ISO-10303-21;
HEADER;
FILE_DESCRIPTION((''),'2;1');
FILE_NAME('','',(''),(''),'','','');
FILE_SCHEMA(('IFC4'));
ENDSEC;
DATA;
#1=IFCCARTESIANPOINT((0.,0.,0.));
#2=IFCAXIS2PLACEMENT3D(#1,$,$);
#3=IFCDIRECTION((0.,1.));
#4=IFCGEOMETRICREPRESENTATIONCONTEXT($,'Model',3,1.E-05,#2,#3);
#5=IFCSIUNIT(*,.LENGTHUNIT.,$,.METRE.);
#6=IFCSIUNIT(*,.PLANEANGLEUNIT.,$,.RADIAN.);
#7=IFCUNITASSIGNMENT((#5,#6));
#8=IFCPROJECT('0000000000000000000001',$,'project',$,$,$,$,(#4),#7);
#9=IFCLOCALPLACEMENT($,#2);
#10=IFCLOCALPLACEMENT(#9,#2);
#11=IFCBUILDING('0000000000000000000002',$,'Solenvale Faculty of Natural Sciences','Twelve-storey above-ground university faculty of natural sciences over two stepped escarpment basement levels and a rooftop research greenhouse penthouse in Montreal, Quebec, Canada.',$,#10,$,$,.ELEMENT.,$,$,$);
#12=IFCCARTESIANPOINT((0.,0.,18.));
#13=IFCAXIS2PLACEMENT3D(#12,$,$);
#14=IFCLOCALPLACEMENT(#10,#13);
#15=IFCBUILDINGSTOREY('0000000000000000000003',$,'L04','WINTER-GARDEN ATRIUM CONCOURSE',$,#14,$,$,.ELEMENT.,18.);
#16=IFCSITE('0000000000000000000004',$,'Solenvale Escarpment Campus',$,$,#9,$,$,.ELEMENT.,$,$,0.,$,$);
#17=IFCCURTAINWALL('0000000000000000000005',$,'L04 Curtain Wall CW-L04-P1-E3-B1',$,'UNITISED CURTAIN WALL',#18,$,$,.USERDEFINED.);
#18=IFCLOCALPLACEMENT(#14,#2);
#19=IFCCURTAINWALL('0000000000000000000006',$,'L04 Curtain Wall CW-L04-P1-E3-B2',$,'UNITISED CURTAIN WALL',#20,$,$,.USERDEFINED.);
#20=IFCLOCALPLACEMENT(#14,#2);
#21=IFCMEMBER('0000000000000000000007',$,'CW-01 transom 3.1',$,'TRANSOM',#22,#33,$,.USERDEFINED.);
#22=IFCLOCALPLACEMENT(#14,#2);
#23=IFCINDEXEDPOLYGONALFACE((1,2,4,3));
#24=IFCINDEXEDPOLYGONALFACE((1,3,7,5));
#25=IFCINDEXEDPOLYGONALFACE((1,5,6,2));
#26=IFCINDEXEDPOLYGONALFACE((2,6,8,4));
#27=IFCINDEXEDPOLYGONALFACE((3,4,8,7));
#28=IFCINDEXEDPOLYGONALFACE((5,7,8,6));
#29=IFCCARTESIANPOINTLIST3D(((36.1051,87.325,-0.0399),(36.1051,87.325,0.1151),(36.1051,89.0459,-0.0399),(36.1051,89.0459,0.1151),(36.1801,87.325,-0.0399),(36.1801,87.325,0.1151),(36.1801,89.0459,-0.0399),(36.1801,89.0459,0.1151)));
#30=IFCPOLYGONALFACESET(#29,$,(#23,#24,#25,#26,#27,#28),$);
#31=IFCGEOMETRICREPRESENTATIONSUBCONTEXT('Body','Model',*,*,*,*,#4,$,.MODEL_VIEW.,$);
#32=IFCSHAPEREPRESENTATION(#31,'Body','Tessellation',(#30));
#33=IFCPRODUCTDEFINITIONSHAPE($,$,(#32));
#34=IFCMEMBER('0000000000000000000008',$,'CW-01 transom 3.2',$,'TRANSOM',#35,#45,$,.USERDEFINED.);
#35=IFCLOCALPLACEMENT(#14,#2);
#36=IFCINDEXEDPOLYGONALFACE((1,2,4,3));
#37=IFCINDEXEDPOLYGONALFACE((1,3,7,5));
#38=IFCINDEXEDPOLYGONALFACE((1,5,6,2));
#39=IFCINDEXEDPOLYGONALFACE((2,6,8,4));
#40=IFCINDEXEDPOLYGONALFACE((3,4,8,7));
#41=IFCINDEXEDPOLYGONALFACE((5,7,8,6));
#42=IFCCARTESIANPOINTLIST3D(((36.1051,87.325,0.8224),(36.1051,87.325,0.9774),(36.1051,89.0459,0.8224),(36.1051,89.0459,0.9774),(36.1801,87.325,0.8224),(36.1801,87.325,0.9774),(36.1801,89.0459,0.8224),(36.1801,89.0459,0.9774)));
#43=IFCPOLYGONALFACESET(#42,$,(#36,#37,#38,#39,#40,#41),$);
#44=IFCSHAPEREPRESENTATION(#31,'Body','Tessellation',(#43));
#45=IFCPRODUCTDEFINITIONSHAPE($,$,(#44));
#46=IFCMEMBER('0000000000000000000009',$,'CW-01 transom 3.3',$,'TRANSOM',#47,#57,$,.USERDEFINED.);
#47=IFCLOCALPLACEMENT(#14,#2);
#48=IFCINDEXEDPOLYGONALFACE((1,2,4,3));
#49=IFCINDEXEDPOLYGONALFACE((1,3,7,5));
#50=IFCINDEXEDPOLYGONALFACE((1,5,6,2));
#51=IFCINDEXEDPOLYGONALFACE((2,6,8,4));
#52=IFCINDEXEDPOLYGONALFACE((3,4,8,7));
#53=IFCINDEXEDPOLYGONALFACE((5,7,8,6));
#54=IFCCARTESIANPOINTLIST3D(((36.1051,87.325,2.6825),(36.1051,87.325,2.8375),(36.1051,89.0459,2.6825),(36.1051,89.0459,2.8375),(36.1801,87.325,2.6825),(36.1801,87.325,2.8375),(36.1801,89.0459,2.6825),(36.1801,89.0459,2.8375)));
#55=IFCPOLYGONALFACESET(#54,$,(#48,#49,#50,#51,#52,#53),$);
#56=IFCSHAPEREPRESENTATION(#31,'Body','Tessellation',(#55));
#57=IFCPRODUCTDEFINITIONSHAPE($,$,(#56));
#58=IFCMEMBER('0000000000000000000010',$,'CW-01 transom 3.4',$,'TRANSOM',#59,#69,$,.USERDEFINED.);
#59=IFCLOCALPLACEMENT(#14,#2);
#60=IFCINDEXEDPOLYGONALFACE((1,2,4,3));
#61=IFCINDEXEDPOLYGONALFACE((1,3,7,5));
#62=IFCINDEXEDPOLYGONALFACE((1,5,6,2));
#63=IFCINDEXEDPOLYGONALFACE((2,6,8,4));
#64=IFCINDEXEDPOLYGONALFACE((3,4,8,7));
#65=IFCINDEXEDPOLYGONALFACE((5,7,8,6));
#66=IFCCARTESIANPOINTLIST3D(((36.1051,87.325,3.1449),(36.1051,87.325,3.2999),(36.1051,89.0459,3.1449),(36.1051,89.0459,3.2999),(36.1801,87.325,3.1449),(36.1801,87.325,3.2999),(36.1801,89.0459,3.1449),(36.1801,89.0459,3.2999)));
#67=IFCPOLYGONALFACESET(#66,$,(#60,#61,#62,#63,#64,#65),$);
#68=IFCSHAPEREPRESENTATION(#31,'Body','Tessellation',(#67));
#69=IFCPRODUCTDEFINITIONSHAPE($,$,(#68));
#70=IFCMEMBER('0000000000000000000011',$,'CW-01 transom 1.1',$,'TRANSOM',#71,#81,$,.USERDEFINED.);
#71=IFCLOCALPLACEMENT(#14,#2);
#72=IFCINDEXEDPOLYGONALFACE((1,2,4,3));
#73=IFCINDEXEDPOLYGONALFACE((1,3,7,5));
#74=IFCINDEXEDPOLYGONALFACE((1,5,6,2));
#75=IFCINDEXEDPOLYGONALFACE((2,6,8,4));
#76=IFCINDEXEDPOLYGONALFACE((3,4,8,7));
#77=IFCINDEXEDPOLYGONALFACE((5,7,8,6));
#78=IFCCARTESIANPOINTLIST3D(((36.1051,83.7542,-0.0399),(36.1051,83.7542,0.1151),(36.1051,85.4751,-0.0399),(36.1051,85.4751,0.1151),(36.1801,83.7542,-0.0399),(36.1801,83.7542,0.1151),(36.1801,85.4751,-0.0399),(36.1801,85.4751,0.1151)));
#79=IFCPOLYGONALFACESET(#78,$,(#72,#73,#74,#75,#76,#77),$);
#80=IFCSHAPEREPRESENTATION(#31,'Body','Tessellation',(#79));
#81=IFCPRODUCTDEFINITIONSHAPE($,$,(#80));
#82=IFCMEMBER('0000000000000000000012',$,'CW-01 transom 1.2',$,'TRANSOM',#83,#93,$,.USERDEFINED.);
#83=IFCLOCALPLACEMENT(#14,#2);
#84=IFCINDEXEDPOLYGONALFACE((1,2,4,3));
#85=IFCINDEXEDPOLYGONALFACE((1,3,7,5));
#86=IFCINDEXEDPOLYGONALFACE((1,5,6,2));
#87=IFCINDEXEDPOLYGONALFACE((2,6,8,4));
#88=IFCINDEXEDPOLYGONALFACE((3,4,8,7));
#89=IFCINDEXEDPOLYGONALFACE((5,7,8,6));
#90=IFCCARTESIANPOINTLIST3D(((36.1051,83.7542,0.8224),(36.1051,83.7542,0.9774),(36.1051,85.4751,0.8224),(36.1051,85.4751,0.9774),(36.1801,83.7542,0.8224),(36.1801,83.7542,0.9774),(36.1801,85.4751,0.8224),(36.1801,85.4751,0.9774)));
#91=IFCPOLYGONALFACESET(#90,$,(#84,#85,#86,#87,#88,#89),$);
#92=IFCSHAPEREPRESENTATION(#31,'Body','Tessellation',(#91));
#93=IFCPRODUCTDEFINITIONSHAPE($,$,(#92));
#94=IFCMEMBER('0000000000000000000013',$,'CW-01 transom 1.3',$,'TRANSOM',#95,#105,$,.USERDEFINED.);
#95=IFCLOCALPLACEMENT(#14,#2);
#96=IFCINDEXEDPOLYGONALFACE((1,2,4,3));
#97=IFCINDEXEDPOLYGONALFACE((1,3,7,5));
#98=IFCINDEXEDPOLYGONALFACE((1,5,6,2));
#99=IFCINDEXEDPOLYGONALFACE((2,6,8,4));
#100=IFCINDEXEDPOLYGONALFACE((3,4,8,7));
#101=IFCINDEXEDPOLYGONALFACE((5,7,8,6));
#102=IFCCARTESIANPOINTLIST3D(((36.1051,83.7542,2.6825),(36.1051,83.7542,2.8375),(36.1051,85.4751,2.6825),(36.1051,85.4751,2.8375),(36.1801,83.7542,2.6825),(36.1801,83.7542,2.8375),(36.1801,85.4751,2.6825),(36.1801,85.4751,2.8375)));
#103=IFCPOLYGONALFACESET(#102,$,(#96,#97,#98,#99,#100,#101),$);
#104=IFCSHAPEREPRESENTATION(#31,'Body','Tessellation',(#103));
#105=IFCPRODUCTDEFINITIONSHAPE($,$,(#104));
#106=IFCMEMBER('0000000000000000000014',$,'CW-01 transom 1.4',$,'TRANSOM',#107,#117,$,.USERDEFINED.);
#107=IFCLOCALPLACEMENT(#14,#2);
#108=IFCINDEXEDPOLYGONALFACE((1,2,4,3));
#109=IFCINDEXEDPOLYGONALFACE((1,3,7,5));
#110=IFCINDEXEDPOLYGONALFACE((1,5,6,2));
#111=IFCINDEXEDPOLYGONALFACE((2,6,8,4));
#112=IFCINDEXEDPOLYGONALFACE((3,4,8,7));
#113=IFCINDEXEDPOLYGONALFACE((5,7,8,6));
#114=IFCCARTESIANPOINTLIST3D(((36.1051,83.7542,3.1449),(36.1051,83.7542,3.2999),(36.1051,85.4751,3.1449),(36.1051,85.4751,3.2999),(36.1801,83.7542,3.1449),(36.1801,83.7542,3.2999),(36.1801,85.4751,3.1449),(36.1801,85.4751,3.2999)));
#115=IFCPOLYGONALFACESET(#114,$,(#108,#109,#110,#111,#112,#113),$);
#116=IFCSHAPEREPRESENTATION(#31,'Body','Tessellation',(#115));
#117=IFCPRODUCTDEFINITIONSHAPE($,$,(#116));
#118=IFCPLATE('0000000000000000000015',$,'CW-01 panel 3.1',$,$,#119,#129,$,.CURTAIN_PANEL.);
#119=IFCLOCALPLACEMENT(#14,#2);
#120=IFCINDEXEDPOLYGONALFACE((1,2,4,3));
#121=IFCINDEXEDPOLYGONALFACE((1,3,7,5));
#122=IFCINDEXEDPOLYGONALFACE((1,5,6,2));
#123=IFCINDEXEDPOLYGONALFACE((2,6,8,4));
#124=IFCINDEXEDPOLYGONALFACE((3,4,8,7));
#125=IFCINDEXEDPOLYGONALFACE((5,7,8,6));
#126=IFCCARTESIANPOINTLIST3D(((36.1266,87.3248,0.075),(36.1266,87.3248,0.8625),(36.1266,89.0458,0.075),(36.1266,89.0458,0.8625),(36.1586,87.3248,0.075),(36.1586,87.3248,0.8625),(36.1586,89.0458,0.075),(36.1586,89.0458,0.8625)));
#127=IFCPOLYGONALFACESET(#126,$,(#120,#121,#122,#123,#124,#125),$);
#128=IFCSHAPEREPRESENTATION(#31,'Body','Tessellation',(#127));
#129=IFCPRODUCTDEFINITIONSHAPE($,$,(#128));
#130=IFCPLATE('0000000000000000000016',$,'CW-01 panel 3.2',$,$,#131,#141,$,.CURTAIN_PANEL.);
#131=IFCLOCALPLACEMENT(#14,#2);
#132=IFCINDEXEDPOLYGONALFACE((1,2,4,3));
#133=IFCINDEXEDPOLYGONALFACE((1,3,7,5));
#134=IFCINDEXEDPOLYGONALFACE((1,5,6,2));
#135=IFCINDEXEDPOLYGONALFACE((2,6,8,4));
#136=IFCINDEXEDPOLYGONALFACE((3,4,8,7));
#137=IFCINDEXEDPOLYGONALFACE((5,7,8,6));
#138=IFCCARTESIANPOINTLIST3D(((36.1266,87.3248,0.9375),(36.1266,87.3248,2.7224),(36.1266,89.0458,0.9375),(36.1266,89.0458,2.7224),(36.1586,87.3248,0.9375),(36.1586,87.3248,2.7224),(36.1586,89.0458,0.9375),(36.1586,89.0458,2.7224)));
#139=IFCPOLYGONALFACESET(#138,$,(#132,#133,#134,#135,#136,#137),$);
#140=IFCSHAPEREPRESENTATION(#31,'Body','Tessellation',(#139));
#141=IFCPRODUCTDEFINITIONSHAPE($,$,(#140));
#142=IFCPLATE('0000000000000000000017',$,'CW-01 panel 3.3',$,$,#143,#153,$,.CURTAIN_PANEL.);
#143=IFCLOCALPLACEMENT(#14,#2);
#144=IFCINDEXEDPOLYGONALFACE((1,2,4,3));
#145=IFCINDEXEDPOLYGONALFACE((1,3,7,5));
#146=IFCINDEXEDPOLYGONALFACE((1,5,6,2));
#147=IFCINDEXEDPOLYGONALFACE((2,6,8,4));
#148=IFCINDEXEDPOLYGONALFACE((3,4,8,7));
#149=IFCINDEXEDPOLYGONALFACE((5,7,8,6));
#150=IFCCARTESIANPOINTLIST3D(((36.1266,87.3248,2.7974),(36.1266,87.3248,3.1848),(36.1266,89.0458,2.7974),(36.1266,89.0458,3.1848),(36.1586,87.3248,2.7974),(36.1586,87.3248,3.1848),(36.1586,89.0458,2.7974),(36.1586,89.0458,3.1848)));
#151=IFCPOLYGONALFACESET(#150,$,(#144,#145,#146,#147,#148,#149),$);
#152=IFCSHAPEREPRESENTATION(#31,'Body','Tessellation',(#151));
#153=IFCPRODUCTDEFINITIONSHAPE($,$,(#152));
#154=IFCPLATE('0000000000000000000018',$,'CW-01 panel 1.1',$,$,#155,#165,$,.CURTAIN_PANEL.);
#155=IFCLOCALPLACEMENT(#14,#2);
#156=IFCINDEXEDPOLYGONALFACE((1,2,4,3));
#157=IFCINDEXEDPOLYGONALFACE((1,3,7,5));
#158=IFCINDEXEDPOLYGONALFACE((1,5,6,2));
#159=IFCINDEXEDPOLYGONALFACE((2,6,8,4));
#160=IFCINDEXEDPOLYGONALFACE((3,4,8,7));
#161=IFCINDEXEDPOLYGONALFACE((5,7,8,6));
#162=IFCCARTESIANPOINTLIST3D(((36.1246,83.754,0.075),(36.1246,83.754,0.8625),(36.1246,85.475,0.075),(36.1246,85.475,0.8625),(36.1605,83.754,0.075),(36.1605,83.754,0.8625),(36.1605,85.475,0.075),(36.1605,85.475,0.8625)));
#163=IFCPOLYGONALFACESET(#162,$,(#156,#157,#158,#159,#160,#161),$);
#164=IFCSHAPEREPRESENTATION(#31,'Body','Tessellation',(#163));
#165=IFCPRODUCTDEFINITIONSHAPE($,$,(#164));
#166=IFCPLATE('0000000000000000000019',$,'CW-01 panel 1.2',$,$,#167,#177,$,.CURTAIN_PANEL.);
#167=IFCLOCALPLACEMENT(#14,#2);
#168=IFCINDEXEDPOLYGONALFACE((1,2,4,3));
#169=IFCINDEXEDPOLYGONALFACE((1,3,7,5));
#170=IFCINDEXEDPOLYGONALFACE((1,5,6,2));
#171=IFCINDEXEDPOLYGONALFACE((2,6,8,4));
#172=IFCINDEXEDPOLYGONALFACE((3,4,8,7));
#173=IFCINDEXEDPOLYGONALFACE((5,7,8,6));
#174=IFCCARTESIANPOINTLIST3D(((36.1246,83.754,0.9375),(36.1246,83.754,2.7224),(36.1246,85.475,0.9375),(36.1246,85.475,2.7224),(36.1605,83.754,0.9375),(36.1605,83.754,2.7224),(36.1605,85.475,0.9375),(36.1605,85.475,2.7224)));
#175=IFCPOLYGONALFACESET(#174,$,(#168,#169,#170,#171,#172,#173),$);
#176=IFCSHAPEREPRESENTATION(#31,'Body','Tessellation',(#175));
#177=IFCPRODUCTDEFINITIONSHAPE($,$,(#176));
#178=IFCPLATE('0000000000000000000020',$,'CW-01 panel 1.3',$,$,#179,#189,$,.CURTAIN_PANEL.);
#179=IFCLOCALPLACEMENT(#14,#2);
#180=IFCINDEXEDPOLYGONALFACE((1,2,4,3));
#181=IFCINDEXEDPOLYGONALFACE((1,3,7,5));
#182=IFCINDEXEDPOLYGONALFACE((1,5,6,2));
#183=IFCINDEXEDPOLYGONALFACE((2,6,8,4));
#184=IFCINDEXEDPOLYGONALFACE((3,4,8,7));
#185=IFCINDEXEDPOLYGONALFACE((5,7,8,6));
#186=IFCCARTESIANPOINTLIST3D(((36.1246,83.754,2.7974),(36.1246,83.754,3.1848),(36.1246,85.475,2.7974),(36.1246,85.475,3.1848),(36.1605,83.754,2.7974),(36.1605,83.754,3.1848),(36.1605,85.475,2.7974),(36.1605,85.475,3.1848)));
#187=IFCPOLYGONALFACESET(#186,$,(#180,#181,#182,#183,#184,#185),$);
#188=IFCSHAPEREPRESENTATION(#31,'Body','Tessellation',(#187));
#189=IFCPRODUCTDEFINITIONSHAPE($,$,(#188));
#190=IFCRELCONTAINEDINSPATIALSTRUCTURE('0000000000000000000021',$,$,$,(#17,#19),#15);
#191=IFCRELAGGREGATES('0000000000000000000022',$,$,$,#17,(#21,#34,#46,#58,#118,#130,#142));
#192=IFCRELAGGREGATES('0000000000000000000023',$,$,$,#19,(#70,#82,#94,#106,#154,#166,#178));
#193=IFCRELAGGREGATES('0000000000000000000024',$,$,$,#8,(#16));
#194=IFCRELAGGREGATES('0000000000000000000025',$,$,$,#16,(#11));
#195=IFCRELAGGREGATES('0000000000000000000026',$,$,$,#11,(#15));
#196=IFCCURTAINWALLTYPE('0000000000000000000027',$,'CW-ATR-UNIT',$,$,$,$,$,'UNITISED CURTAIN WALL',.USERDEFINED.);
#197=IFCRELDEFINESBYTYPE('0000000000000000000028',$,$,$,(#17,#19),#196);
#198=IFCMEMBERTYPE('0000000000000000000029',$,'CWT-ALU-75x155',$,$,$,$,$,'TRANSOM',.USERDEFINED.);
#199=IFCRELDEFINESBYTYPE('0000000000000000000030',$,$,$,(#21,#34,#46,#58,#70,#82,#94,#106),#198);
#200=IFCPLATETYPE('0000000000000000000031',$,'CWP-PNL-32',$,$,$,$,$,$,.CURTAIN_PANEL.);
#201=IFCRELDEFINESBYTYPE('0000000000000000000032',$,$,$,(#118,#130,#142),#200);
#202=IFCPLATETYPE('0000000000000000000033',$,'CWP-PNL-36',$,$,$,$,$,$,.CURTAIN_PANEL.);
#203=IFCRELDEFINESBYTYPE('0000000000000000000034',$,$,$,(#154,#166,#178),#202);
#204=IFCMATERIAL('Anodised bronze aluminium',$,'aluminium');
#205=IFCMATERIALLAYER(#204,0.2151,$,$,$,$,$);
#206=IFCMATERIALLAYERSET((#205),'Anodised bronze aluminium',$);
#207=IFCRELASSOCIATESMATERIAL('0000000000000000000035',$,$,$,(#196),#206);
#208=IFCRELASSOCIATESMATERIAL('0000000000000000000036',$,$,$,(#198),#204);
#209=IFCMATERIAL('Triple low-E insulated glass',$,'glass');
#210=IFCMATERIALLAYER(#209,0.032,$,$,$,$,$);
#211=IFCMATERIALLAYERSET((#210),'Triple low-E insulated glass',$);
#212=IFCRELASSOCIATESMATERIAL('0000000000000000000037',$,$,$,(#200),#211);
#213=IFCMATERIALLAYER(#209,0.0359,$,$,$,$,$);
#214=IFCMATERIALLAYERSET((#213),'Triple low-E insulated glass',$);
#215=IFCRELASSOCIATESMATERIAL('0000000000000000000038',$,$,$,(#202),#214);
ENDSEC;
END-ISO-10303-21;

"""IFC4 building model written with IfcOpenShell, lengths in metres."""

from ifc_helpers import new_model, si_unit, direction, frame, origin, origin_2d, place, context, subcontext, project, spatial, rectangle, extrude, material, layer, layer_set, material_profile, profile_set, type_object, element, aggregate, save


model = new_model("IFC4")

# Units and contexts
model_context = context("Model", 3, precision=1e-05, world=origin(), true_north=direction((0.0, 1.0)))
body_context = subcontext(model_context, "Body", "Model", "MODEL_VIEW")
ifc_project = project(units=[si_unit("LENGTHUNIT", "METRE"), si_unit("PLANEANGLEUNIT", "RADIAN")], contexts=[model_context])

# Site, building, storey
site_placement = place(None, origin())
site = spatial("IfcSite", under=ifc_project, at=site_placement, Name="Solenvale Escarpment Campus", CompositionType="ELEMENT", RefElevation=0.0)
building_placement = place(site_placement, origin())
building = spatial("IfcBuilding", under=site, at=building_placement, Name="Solenvale Faculty of Natural Sciences", Description="Twelve-storey above-ground university faculty of natural sciences over two stepped escarpment basement levels and a rooftop research greenhouse penthouse in Montreal, Quebec, Canada.", CompositionType="ELEMENT")
storey_placement = place(building_placement, frame((0.0, 0.0, 18.0)))
storey = spatial("IfcBuildingStorey", under=building, at=storey_placement, Name="L04", Description="WINTER-GARDEN ATRIUM CONCOURSE", CompositionType="ELEMENT", Elevation=18.0)

# Curtain walls
ifc_material_1 = material(Name="Anodised bronze aluminium", Category="aluminium")
ifc_layer_1 = layer(ifc_material_1, 0.2151)
ifc_layer_set_1 = layer_set([ifc_layer_1], Name="Anodised bronze aluminium")
curtain_wall_type = type_object("IfcCurtainWallType", Name="CW-ATR-UNIT", ElementType="UNITISED CURTAIN WALL", PredefinedType="USERDEFINED", material=ifc_layer_set_1)
curtain_wall_1_placement = place(storey_placement, origin())
curtain_wall_1 = element("IfcCurtainWall", 1, at=curtain_wall_1_placement, inside=storey, type_object=curtain_wall_type, Name="L04 Curtain Wall CW-L04-P1-E3-B1", ObjectType="UNITISED CURTAIN WALL", PredefinedType="USERDEFINED")
curtain_wall_2_placement = place(storey_placement, origin())
curtain_wall_2 = element("IfcCurtainWall", 2, at=curtain_wall_2_placement, inside=storey, type_object=curtain_wall_type, Name="L04 Curtain Wall CW-L04-P1-E3-B2", ObjectType="UNITISED CURTAIN WALL", PredefinedType="USERDEFINED")

# Members
ifc_material_profile_1 = material_profile(ifc_material_1, rectangle(XDim=0.075, YDim=0.155, at=origin_2d()), Name="ALU-TRN-75x155")
ifc_profile_set_1 = profile_set([ifc_material_profile_1], Name="Anodised bronze aluminium")
member_type_1 = type_object("IfcMemberType", Name="CWT-ALU-75x155", ElementType="TRANSOM", PredefinedType="USERDEFINED", material=ifc_profile_set_1)
member_1_placement = place(storey_placement, frame((36.1426, 89.0459, 0.0376), z_axis=(0.0, -1.0, 0.0), x_axis=(1.0, 0.0, 0.0)))
member_1 = element("IfcMember", 3, at=member_1_placement, type_object=member_type_1, Name="CW-01 transom 3.1", ObjectType="TRANSOM", PredefinedType="USERDEFINED", context=body_context, shape_type="SweptSolid", body=[
    extrude(rectangle(XDim=0.075, YDim=0.155, at=origin_2d()), origin(), (0.0, 0.0, 1.0), 1.7209),
])
member_2_placement = place(storey_placement, frame((36.1426, 89.0459, 0.8999), z_axis=(0.0, -1.0, 0.0), x_axis=(1.0, 0.0, 0.0)))
member_2 = element("IfcMember", 4, at=member_2_placement, type_object=member_type_1, Name="CW-01 transom 3.2", ObjectType="TRANSOM", PredefinedType="USERDEFINED", context=body_context, shape_type="SweptSolid", body=[
    extrude(rectangle(XDim=0.075, YDim=0.155, at=origin_2d()), origin(), (0.0, 0.0, 1.0), 1.7209),
])
member_3_placement = place(storey_placement, frame((36.1426, 89.0459, 2.76), z_axis=(0.0, -1.0, 0.0), x_axis=(1.0, 0.0, 0.0)))
member_3 = element("IfcMember", 5, at=member_3_placement, type_object=member_type_1, Name="CW-01 transom 3.3", ObjectType="TRANSOM", PredefinedType="USERDEFINED", context=body_context, shape_type="SweptSolid", body=[
    extrude(rectangle(XDim=0.075, YDim=0.155, at=origin_2d()), origin(), (0.0, 0.0, 1.0), 1.7209),
])
member_4_placement = place(storey_placement, frame((36.1426, 89.0459, 3.2224), z_axis=(0.0, -1.0, 0.0), x_axis=(1.0, 0.0, 0.0)))
member_4 = element("IfcMember", 6, at=member_4_placement, type_object=member_type_1, Name="CW-01 transom 3.4", ObjectType="TRANSOM", PredefinedType="USERDEFINED", context=body_context, shape_type="SweptSolid", body=[
    extrude(rectangle(XDim=0.075, YDim=0.155, at=origin_2d()), origin(), (0.0, 0.0, 1.0), 1.7209),
])
member_5_placement = place(storey_placement, frame((36.1426, 85.4751, 0.0376), z_axis=(0.0, -1.0, 0.0), x_axis=(1.0, 0.0, 0.0)))
member_5 = element("IfcMember", 7, at=member_5_placement, type_object=member_type_1, Name="CW-01 transom 1.1", ObjectType="TRANSOM", PredefinedType="USERDEFINED", context=body_context, shape_type="SweptSolid", body=[
    extrude(rectangle(XDim=0.075, YDim=0.155, at=origin_2d()), origin(), (0.0, 0.0, 1.0), 1.7209),
])
member_6_placement = place(storey_placement, frame((36.1426, 85.4751, 0.8999), z_axis=(0.0, -1.0, 0.0), x_axis=(1.0, 0.0, 0.0)))
member_6 = element("IfcMember", 8, at=member_6_placement, type_object=member_type_1, Name="CW-01 transom 1.2", ObjectType="TRANSOM", PredefinedType="USERDEFINED", context=body_context, shape_type="SweptSolid", body=[
    extrude(rectangle(XDim=0.075, YDim=0.155, at=origin_2d()), origin(), (0.0, 0.0, 1.0), 1.7209),
])
member_7_placement = place(storey_placement, frame((36.1426, 85.4751, 2.76), z_axis=(0.0, -1.0, 0.0), x_axis=(1.0, 0.0, 0.0)))
member_7 = element("IfcMember", 9, at=member_7_placement, type_object=member_type_1, Name="CW-01 transom 1.3", ObjectType="TRANSOM", PredefinedType="USERDEFINED", context=body_context, shape_type="SweptSolid", body=[
    extrude(rectangle(XDim=0.075, YDim=0.155, at=origin_2d()), origin(), (0.0, 0.0, 1.0), 1.7209),
])
member_8_placement = place(storey_placement, frame((36.1426, 85.4751, 3.2224), z_axis=(0.0, -1.0, 0.0), x_axis=(1.0, 0.0, 0.0)))
member_8 = element("IfcMember", 10, at=member_8_placement, type_object=member_type_1, Name="CW-01 transom 1.4", ObjectType="TRANSOM", PredefinedType="USERDEFINED", context=body_context, shape_type="SweptSolid", body=[
    extrude(rectangle(XDim=0.075, YDim=0.155, at=origin_2d()), origin(), (0.0, 0.0, 1.0), 1.7209),
])

# Plates
ifc_material_2 = material(Name="Triple low-E insulated glass", Category="glass")
ifc_layer_2 = layer(ifc_material_2, 0.032)
ifc_layer_set_2 = layer_set([ifc_layer_2], Name="Triple low-E insulated glass")
plate_type_1 = type_object("IfcPlateType", Name="CWP-PNL-32", PredefinedType="CURTAIN_PANEL", material=ifc_layer_set_2)
plate_1_placement = place(storey_placement, frame((36.1426, 88.1853, 0.075), z_axis=(0.0, 0.0, 1.0), x_axis=(0.0, -1.0, 0.0)))
plate_1 = element("IfcPlate", 11, at=plate_1_placement, type_object=plate_type_1, Name="CW-01 panel 3.1", PredefinedType="CURTAIN_PANEL", context=body_context, shape_type="SweptSolid", body=[
    extrude(rectangle(XDim=1.7209, YDim=0.032, at=origin_2d()), origin(), (0.0, 0.0, 1.0), 0.7876),
])
plate_2_placement = place(storey_placement, frame((36.1426, 88.1853, 0.9375), z_axis=(0.0, 0.0, 1.0), x_axis=(0.0, -1.0, 0.0)))
plate_2 = element("IfcPlate", 12, at=plate_2_placement, type_object=plate_type_1, Name="CW-01 panel 3.2", PredefinedType="CURTAIN_PANEL", context=body_context, shape_type="SweptSolid", body=[
    extrude(rectangle(XDim=1.7209, YDim=0.032, at=origin_2d()), origin(), (0.0, 0.0, 1.0), 1.7849),
])
plate_3_placement = place(storey_placement, frame((36.1426, 88.1853, 2.7974), z_axis=(0.0, 0.0, 1.0), x_axis=(0.0, -1.0, 0.0)))
plate_3 = element("IfcPlate", 13, at=plate_3_placement, type_object=plate_type_1, Name="CW-01 panel 3.3", PredefinedType="CURTAIN_PANEL", context=body_context, shape_type="SweptSolid", body=[
    extrude(rectangle(XDim=1.7209, YDim=0.032, at=origin_2d()), origin(), (0.0, 0.0, 1.0), 0.3875),
])
aggregate(curtain_wall_1, [member_1, member_2, member_3, member_4, plate_1, plate_2, plate_3])
ifc_layer_3 = layer(ifc_material_2, 0.0359)
ifc_layer_set_3 = layer_set([ifc_layer_3], Name="Triple low-E insulated glass")
plate_type_2 = type_object("IfcPlateType", Name="CWP-PNL-36", PredefinedType="CURTAIN_PANEL", material=ifc_layer_set_3)
plate_4_placement = place(storey_placement, frame((36.1426, 84.6145, 0.075), z_axis=(0.0, 0.0, 1.0), x_axis=(0.0, -1.0, 0.0)))
plate_4 = element("IfcPlate", 14, at=plate_4_placement, type_object=plate_type_2, Name="CW-01 panel 1.1", PredefinedType="CURTAIN_PANEL", context=body_context, shape_type="SweptSolid", body=[
    extrude(rectangle(XDim=1.7209, YDim=0.0359, at=origin_2d()), origin(), (0.0, 0.0, 1.0), 0.7876),
])
plate_5_placement = place(storey_placement, frame((36.1426, 84.6145, 0.9375), z_axis=(0.0, 0.0, 1.0), x_axis=(0.0, -1.0, 0.0)))
plate_5 = element("IfcPlate", 15, at=plate_5_placement, type_object=plate_type_2, Name="CW-01 panel 1.2", PredefinedType="CURTAIN_PANEL", context=body_context, shape_type="SweptSolid", body=[
    extrude(rectangle(XDim=1.7209, YDim=0.0359, at=origin_2d()), origin(), (0.0, 0.0, 1.0), 1.7849),
])
plate_6_placement = place(storey_placement, frame((36.1426, 84.6145, 2.7974), z_axis=(0.0, 0.0, 1.0), x_axis=(0.0, -1.0, 0.0)))
plate_6 = element("IfcPlate", 16, at=plate_6_placement, type_object=plate_type_2, Name="CW-01 panel 1.3", PredefinedType="CURTAIN_PANEL", context=body_context, shape_type="SweptSolid", body=[
    extrude(rectangle(XDim=1.7209, YDim=0.0359, at=origin_2d()), origin(), (0.0, 0.0, 1.0), 0.3875),
])
aggregate(curtain_wall_2, [member_5, member_6, member_7, member_8, plate_4, plate_5, plate_6])

save(model, "model.ifc")
